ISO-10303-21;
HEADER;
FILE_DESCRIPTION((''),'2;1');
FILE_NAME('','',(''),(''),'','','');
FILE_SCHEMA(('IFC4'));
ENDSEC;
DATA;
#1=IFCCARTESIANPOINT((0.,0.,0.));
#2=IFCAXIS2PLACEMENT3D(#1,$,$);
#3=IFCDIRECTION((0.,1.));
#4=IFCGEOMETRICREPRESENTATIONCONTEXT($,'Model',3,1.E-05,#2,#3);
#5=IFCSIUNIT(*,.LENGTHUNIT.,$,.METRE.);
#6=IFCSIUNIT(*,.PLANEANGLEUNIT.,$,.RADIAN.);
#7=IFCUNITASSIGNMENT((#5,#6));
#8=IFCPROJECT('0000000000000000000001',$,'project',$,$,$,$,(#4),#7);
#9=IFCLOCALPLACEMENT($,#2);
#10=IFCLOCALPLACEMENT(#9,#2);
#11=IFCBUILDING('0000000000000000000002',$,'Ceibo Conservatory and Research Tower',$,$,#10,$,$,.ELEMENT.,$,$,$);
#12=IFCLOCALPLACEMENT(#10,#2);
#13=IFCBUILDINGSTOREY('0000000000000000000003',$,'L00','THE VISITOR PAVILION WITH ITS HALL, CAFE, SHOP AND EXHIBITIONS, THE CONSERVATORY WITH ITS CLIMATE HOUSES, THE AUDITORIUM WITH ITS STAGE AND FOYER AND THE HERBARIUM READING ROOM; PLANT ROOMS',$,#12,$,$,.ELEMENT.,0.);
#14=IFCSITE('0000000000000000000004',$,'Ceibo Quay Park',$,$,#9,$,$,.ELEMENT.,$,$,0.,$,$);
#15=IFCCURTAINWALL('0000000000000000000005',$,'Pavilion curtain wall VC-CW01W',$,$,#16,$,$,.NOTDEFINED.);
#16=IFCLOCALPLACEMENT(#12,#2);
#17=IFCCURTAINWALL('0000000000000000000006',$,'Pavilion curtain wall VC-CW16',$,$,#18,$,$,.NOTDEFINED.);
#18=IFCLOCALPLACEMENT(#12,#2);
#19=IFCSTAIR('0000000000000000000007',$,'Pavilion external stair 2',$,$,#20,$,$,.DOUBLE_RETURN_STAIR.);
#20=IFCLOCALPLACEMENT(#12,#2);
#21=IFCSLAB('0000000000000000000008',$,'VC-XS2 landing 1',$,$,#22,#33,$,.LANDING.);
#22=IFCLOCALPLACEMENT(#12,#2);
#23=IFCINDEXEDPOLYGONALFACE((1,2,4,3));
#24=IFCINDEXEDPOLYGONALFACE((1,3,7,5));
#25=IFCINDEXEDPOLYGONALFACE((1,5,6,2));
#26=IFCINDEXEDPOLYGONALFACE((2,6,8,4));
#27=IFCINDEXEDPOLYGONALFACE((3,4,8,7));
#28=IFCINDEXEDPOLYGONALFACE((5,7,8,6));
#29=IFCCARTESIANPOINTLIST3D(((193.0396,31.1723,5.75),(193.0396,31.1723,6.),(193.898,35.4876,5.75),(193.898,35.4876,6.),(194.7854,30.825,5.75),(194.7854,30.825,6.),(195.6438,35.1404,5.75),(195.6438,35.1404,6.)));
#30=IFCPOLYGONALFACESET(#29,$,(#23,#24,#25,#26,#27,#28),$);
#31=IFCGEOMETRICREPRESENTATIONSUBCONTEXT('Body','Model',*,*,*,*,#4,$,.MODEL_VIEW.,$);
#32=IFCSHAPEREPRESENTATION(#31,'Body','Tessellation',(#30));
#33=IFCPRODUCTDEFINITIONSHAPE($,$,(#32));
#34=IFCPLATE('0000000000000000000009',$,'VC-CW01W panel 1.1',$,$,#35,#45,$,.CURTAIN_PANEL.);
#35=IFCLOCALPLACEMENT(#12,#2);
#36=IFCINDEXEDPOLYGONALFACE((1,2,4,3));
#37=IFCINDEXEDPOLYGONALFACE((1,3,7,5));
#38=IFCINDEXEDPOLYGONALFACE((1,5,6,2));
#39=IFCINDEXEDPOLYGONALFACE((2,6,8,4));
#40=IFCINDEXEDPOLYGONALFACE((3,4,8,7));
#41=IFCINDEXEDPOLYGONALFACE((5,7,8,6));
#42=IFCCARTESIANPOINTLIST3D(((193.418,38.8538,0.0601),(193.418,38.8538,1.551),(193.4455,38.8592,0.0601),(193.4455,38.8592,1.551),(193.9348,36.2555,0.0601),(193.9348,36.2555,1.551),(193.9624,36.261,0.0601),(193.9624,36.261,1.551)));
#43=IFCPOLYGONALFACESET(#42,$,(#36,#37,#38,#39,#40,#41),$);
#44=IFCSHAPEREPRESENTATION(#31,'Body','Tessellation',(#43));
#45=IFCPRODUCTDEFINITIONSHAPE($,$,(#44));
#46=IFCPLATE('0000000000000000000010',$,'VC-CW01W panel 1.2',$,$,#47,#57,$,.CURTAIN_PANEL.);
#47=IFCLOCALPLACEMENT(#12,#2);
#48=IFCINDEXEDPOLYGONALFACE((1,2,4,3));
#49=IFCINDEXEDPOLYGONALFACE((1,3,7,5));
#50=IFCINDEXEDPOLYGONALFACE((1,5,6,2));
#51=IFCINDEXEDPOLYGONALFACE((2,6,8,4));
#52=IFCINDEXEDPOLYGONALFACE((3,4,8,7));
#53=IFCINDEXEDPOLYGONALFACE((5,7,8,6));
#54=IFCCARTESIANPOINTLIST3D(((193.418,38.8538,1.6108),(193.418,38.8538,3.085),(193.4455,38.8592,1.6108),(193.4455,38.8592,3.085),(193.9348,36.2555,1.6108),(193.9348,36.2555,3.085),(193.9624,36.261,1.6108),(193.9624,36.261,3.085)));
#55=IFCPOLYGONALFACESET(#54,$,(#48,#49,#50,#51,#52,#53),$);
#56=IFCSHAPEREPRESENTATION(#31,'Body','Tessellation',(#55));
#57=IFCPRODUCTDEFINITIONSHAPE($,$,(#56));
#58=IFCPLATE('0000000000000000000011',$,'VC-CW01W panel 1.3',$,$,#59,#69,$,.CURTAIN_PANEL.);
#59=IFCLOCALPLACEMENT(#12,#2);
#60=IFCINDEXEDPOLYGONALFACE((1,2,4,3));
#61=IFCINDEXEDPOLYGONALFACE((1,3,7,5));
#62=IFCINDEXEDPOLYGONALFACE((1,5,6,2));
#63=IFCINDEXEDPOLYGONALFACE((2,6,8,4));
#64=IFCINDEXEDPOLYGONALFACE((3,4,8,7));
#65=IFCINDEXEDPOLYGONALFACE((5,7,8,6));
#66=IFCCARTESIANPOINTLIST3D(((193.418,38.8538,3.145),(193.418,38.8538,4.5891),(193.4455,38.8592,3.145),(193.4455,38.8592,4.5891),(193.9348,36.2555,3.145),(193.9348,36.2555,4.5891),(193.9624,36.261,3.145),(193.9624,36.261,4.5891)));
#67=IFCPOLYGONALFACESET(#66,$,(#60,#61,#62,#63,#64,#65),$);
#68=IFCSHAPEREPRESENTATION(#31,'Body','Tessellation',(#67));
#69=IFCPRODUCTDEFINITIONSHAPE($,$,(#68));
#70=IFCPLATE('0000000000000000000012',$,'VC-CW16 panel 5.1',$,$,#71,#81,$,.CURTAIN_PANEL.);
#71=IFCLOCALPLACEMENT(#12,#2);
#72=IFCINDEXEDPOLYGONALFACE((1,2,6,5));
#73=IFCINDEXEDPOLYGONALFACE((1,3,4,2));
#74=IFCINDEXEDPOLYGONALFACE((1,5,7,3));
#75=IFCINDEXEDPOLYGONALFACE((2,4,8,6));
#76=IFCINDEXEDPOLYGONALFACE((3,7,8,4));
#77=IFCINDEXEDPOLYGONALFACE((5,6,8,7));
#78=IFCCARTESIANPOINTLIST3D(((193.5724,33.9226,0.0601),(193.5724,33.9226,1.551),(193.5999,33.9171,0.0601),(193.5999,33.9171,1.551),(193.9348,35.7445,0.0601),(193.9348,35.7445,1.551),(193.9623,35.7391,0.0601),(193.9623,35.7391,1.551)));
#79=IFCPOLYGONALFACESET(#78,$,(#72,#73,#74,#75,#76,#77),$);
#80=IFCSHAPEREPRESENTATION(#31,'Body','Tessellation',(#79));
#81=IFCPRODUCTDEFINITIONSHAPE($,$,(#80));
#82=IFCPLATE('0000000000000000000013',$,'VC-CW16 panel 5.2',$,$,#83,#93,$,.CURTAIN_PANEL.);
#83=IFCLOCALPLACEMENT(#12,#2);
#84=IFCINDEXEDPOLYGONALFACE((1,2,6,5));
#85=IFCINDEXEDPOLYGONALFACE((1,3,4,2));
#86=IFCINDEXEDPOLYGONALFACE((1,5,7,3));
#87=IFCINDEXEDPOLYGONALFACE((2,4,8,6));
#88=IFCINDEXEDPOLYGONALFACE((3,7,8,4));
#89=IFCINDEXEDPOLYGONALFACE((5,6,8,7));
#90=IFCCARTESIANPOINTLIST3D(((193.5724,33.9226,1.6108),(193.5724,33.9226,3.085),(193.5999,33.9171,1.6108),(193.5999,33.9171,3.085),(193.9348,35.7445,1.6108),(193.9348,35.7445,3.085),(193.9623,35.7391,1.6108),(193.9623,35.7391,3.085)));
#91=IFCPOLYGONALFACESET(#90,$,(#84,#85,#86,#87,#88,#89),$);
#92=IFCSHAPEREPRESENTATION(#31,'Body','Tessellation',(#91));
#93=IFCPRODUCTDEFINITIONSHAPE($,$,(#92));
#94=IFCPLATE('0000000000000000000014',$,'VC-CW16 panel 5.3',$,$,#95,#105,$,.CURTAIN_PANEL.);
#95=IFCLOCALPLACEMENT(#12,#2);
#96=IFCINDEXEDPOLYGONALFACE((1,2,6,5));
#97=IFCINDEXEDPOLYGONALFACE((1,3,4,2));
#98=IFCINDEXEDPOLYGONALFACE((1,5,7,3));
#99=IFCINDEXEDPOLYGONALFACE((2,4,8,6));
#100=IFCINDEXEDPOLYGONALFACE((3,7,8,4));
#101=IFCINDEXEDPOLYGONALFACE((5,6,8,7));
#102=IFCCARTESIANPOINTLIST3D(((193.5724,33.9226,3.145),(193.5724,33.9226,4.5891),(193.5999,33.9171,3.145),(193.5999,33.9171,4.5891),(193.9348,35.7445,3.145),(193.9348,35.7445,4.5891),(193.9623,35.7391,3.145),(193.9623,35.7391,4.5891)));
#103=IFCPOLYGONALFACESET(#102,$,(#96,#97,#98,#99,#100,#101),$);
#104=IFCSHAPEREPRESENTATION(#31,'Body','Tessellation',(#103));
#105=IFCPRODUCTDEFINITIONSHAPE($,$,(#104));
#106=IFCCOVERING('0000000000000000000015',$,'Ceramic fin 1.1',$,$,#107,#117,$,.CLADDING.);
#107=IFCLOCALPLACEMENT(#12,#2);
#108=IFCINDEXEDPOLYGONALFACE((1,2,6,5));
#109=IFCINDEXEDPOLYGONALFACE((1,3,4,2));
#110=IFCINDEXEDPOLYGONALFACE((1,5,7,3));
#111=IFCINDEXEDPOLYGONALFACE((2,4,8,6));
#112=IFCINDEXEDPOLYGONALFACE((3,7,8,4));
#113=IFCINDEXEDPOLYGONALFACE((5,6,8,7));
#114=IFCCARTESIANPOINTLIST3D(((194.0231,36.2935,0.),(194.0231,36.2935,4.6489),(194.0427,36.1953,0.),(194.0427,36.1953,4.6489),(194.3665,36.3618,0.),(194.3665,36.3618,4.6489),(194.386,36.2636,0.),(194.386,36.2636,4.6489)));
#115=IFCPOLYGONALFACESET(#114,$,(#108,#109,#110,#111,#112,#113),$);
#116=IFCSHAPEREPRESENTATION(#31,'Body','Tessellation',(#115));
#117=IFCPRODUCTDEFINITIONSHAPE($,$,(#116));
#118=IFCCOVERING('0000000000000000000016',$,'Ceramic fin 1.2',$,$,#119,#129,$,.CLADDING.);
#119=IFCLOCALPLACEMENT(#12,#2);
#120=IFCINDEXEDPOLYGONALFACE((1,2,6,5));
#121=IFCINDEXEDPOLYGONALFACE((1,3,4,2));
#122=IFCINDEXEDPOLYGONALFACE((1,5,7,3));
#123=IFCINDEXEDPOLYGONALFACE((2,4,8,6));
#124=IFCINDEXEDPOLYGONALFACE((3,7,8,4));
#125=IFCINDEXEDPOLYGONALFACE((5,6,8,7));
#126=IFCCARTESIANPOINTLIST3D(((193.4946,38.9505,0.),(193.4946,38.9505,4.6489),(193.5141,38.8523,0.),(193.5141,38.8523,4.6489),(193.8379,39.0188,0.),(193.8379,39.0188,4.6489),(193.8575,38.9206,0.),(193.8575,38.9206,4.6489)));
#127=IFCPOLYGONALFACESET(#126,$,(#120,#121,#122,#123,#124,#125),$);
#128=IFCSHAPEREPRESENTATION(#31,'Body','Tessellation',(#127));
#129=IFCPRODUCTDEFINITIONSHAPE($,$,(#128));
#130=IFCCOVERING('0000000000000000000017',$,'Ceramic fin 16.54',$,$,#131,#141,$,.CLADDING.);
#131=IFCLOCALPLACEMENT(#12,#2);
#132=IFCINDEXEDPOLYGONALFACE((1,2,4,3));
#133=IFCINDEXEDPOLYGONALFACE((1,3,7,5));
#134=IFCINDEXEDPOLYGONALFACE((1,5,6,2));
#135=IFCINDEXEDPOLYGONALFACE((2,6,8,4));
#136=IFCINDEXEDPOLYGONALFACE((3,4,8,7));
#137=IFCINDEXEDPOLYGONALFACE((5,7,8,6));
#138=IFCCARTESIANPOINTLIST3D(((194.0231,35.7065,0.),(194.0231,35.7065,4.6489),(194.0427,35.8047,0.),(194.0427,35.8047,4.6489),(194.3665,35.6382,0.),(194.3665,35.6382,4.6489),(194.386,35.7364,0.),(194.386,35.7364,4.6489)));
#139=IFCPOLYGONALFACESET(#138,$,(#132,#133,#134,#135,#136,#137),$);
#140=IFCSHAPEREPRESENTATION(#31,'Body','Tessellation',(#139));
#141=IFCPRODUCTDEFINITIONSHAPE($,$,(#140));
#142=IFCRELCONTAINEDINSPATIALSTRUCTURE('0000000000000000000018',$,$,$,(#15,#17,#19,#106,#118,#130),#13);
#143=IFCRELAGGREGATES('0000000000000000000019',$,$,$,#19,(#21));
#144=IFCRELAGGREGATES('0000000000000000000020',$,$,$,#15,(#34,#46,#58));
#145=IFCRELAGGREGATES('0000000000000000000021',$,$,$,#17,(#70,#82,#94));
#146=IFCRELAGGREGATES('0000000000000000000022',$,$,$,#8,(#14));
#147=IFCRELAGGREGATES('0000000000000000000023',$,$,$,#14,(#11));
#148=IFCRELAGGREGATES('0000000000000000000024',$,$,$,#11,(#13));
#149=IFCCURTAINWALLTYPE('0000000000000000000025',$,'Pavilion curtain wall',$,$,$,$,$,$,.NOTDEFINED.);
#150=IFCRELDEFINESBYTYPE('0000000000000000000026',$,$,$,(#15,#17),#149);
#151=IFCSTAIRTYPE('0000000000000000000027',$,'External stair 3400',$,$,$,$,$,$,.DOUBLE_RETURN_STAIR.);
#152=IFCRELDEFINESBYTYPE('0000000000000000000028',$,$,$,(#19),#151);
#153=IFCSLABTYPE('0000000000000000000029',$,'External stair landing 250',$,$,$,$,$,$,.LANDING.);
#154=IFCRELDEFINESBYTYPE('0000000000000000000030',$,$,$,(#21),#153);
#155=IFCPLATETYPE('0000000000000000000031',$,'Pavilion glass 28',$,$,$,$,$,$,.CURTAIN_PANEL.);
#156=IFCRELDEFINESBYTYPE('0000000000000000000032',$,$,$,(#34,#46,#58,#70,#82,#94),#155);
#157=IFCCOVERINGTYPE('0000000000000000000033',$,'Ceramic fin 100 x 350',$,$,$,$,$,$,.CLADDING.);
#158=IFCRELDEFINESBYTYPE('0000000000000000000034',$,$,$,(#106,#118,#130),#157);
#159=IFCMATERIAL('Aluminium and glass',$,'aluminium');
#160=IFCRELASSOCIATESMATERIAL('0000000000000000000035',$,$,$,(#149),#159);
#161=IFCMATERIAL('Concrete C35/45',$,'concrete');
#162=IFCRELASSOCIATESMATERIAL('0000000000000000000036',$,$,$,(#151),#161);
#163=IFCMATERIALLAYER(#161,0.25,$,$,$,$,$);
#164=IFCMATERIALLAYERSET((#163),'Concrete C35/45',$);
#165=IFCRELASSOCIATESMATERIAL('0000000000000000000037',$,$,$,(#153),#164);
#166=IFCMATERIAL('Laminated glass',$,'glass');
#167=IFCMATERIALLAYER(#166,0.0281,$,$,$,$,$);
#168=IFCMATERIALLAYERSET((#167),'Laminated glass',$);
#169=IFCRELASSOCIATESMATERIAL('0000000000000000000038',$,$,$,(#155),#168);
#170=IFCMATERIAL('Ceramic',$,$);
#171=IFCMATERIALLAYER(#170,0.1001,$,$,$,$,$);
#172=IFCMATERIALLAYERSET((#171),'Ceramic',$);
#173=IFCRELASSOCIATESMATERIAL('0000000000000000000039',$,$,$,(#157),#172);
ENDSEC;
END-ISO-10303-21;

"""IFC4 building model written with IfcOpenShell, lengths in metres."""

from ifc_helpers import new_model, si_unit, direction, frame, origin, origin_2d, place, context, subcontext, project, spatial, polyline, rectangle, outline, extrude, material, layer, layer_set, type_object, element, aggregate, save


model = new_model("IFC4")

# Units and contexts
model_context = context("Model", 3, precision=1e-05, world=origin(), true_north=direction((0.0, 1.0)))
body_context = subcontext(model_context, "Body", "Model", "MODEL_VIEW")
ifc_project = project(units=[si_unit("LENGTHUNIT", "METRE"), si_unit("PLANEANGLEUNIT", "RADIAN")], contexts=[model_context])

# Site, building, storey
site_placement = place(None, origin())
site = spatial("IfcSite", under=ifc_project, at=site_placement, Name="Ceibo Quay Park", CompositionType="ELEMENT", RefElevation=0.0)
building_placement = place(site_placement, origin())
building = spatial("IfcBuilding", under=site, at=building_placement, Name="Ceibo Conservatory and Research Tower", CompositionType="ELEMENT")
storey_placement = place(building_placement, origin())
storey = spatial("IfcBuildingStorey", under=building, at=storey_placement, Name="L00", Description="THE VISITOR PAVILION WITH ITS HALL, CAFE, SHOP AND EXHIBITIONS, THE CONSERVATORY WITH ITS CLIMATE HOUSES, THE AUDITORIUM WITH ITS STAGE AND FOYER AND THE HERBARIUM READING ROOM; PLANT ROOMS", CompositionType="ELEMENT", Elevation=0.0)

# Shared definitions
ifc_material_1 = material(Name="Concrete C35/45", Category="concrete")

# Curtain walls
ifc_material_2 = material(Name="Aluminium and glass", Category="aluminium")
curtain_wall_type = type_object("IfcCurtainWallType", Name="Pavilion curtain wall", PredefinedType="NOTDEFINED", material=ifc_material_2)
curtain_wall_1_placement = place(storey_placement, origin())
curtain_wall_1 = element("IfcCurtainWall", 1, at=curtain_wall_1_placement, inside=storey, type_object=curtain_wall_type, Name="Pavilion curtain wall VC-CW01W", PredefinedType="NOTDEFINED")
curtain_wall_2_placement = place(storey_placement, origin())
curtain_wall_2 = element("IfcCurtainWall", 2, at=curtain_wall_2_placement, inside=storey, type_object=curtain_wall_type, Name="Pavilion curtain wall VC-CW16", PredefinedType="NOTDEFINED")

# Stair, slab
stair_type = type_object("IfcStairType", Name="External stair 3400", PredefinedType="DOUBLE_RETURN_STAIR", material=ifc_material_1)
stair_placement = place(storey_placement, origin())
stair = element("IfcStair", 3, at=stair_placement, inside=storey, type_object=stair_type, Name="Pavilion external stair 2", PredefinedType="DOUBLE_RETURN_STAIR")
ifc_layer_1 = layer(ifc_material_1, 0.25)
ifc_layer_set_1 = layer_set([ifc_layer_1], Name="Concrete C35/45")
slab_type = type_object("IfcSlabType", Name="External stair landing 250", PredefinedType="LANDING", material=ifc_layer_set_1)
slab_placement = place(storey_placement, frame((195.6438, 35.1404, 5.75), z_axis=(0.0, 0.0, 1.0), x_axis=(-0.980785, 0.19509, 0.0)))
slab = element("IfcSlab", 4, at=slab_placement, type_object=slab_type, Name="VC-XS2 landing 1", PredefinedType="LANDING", context=body_context, shape_type="SweptSolid", body=[
    extrude(outline(polyline([(0.0, 0.0), (1.78, 0.0), (1.78, 4.3999), (0.0, 4.3999), (0.0, 0.0)])), origin(), (0.0, 0.0, 1.0), 0.25),
])
aggregate(stair, [slab])

# Plates
ifc_material_3 = material(Name="Laminated glass", Category="glass")
ifc_layer_2 = layer(ifc_material_3, 0.0281)
ifc_layer_set_2 = layer_set([ifc_layer_2], Name="Laminated glass")
plate_type = type_object("IfcPlateType", Name="Pavilion glass 28", PredefinedType="CURTAIN_PANEL", material=ifc_layer_set_2)
plate_1_placement = place(storey_placement, frame((193.6902, 37.5574, 0.0601), z_axis=(0.0, 0.0, 1.0), x_axis=(-0.19509, 0.980785, 0.0)))
plate_1 = element("IfcPlate", 5, at=plate_1_placement, type_object=plate_type, Name="VC-CW01W panel 1.1", PredefinedType="CURTAIN_PANEL", context=body_context, shape_type="SweptSolid", body=[
    extrude(rectangle(XDim=2.6492, YDim=0.0281, at=origin_2d()), origin(), (0.0, 0.0, 1.0), 1.491),
])
plate_2_placement = place(storey_placement, frame((193.6902, 37.5574, 1.6108), z_axis=(0.0, 0.0, 1.0), x_axis=(-0.19509, 0.980785, 0.0)))
plate_2 = element("IfcPlate", 6, at=plate_2_placement, type_object=plate_type, Name="VC-CW01W panel 1.2", PredefinedType="CURTAIN_PANEL", context=body_context, shape_type="SweptSolid", body=[
    extrude(rectangle(XDim=2.6492, YDim=0.0281, at=origin_2d()), origin(), (0.0, 0.0, 1.0), 1.4741),
])
plate_3_placement = place(storey_placement, frame((193.6902, 37.5574, 3.145), z_axis=(0.0, 0.0, 1.0), x_axis=(-0.19509, 0.980785, 0.0)))
plate_3 = element("IfcPlate", 7, at=plate_3_placement, type_object=plate_type, Name="VC-CW01W panel 1.3", PredefinedType="CURTAIN_PANEL", context=body_context, shape_type="SweptSolid", body=[
    extrude(rectangle(XDim=2.6492, YDim=0.0281, at=origin_2d()), origin(), (0.0, 0.0, 1.0), 1.4441),
])
aggregate(curtain_wall_1, [plate_1, plate_2, plate_3])
plate_4_placement = place(storey_placement, frame((193.7673, 34.8308, 0.0601), z_axis=(0.0, 0.0, 1.0), x_axis=(0.19509, 0.980785, 0.0)))
plate_4 = element("IfcPlate", 8, at=plate_4_placement, type_object=plate_type, Name="VC-CW16 panel 5.1", PredefinedType="CURTAIN_PANEL", context=body_context, shape_type="SweptSolid", body=[
    extrude(rectangle(XDim=1.8577, YDim=0.0281, at=origin_2d()), origin(), (0.0, 0.0, 1.0), 1.491),
])
plate_5_placement = place(storey_placement, frame((193.7673, 34.8308, 1.6108), z_axis=(0.0, 0.0, 1.0), x_axis=(0.19509, 0.980785, 0.0)))
plate_5 = element("IfcPlate", 9, at=plate_5_placement, type_object=plate_type, Name="VC-CW16 panel 5.2", PredefinedType="CURTAIN_PANEL", context=body_context, shape_type="SweptSolid", body=[
    extrude(rectangle(XDim=1.8577, YDim=0.0281, at=origin_2d()), origin(), (0.0, 0.0, 1.0), 1.4741),
])
plate_6_placement = place(storey_placement, frame((193.7673, 34.8308, 3.145), z_axis=(0.0, 0.0, 1.0), x_axis=(0.19509, 0.980785, 0.0)))
plate_6 = element("IfcPlate", 10, at=plate_6_placement, type_object=plate_type, Name="VC-CW16 panel 5.3", PredefinedType="CURTAIN_PANEL", context=body_context, shape_type="SweptSolid", body=[
    extrude(rectangle(XDim=1.8577, YDim=0.0281, at=origin_2d()), origin(), (0.0, 0.0, 1.0), 1.4441),
])
aggregate(curtain_wall_2, [plate_4, plate_5, plate_6])

# Coverings
ifc_material_4 = material(Name="Ceramic")
ifc_layer_3 = layer(ifc_material_4, 0.1001)
ifc_layer_set_3 = layer_set([ifc_layer_3], Name="Ceramic")
covering_type = type_object("IfcCoveringType", Name="Ceramic fin 100 x 350", PredefinedType="CLADDING", material=ifc_layer_set_3)
for number, where, z_axis, x_axis, name in (
    (11, (194.2046, 36.2786, 0.0), (0.0, 0.0, 1.0), (0.19509, -0.980785, 0.0), "Ceramic fin 1.1"),
    (12, (193.676, 38.9355, 0.0), (0.0, 0.0, 1.0), (0.19509, -0.980785, 0.0), "Ceramic fin 1.2"),
    (13, (194.2046, 35.7214, 0.0), (0.0, 0.0, 1.0), (-0.19509, -0.980785, 0.0), "Ceramic fin 16.54"),
):
    element("IfcCovering", number, at=place(storey_placement, frame(where, z_axis=z_axis, x_axis=x_axis)), inside=storey, type_object=covering_type, Name=name, PredefinedType="CLADDING", context=body_context, shape_type="SweptSolid", body=[
        extrude(rectangle(XDim=0.1001, YDim=0.3501, at=origin_2d()), origin(), (0.0, 0.0, 1.0), 4.6489),
    ])

save(model, "model.ifc")
